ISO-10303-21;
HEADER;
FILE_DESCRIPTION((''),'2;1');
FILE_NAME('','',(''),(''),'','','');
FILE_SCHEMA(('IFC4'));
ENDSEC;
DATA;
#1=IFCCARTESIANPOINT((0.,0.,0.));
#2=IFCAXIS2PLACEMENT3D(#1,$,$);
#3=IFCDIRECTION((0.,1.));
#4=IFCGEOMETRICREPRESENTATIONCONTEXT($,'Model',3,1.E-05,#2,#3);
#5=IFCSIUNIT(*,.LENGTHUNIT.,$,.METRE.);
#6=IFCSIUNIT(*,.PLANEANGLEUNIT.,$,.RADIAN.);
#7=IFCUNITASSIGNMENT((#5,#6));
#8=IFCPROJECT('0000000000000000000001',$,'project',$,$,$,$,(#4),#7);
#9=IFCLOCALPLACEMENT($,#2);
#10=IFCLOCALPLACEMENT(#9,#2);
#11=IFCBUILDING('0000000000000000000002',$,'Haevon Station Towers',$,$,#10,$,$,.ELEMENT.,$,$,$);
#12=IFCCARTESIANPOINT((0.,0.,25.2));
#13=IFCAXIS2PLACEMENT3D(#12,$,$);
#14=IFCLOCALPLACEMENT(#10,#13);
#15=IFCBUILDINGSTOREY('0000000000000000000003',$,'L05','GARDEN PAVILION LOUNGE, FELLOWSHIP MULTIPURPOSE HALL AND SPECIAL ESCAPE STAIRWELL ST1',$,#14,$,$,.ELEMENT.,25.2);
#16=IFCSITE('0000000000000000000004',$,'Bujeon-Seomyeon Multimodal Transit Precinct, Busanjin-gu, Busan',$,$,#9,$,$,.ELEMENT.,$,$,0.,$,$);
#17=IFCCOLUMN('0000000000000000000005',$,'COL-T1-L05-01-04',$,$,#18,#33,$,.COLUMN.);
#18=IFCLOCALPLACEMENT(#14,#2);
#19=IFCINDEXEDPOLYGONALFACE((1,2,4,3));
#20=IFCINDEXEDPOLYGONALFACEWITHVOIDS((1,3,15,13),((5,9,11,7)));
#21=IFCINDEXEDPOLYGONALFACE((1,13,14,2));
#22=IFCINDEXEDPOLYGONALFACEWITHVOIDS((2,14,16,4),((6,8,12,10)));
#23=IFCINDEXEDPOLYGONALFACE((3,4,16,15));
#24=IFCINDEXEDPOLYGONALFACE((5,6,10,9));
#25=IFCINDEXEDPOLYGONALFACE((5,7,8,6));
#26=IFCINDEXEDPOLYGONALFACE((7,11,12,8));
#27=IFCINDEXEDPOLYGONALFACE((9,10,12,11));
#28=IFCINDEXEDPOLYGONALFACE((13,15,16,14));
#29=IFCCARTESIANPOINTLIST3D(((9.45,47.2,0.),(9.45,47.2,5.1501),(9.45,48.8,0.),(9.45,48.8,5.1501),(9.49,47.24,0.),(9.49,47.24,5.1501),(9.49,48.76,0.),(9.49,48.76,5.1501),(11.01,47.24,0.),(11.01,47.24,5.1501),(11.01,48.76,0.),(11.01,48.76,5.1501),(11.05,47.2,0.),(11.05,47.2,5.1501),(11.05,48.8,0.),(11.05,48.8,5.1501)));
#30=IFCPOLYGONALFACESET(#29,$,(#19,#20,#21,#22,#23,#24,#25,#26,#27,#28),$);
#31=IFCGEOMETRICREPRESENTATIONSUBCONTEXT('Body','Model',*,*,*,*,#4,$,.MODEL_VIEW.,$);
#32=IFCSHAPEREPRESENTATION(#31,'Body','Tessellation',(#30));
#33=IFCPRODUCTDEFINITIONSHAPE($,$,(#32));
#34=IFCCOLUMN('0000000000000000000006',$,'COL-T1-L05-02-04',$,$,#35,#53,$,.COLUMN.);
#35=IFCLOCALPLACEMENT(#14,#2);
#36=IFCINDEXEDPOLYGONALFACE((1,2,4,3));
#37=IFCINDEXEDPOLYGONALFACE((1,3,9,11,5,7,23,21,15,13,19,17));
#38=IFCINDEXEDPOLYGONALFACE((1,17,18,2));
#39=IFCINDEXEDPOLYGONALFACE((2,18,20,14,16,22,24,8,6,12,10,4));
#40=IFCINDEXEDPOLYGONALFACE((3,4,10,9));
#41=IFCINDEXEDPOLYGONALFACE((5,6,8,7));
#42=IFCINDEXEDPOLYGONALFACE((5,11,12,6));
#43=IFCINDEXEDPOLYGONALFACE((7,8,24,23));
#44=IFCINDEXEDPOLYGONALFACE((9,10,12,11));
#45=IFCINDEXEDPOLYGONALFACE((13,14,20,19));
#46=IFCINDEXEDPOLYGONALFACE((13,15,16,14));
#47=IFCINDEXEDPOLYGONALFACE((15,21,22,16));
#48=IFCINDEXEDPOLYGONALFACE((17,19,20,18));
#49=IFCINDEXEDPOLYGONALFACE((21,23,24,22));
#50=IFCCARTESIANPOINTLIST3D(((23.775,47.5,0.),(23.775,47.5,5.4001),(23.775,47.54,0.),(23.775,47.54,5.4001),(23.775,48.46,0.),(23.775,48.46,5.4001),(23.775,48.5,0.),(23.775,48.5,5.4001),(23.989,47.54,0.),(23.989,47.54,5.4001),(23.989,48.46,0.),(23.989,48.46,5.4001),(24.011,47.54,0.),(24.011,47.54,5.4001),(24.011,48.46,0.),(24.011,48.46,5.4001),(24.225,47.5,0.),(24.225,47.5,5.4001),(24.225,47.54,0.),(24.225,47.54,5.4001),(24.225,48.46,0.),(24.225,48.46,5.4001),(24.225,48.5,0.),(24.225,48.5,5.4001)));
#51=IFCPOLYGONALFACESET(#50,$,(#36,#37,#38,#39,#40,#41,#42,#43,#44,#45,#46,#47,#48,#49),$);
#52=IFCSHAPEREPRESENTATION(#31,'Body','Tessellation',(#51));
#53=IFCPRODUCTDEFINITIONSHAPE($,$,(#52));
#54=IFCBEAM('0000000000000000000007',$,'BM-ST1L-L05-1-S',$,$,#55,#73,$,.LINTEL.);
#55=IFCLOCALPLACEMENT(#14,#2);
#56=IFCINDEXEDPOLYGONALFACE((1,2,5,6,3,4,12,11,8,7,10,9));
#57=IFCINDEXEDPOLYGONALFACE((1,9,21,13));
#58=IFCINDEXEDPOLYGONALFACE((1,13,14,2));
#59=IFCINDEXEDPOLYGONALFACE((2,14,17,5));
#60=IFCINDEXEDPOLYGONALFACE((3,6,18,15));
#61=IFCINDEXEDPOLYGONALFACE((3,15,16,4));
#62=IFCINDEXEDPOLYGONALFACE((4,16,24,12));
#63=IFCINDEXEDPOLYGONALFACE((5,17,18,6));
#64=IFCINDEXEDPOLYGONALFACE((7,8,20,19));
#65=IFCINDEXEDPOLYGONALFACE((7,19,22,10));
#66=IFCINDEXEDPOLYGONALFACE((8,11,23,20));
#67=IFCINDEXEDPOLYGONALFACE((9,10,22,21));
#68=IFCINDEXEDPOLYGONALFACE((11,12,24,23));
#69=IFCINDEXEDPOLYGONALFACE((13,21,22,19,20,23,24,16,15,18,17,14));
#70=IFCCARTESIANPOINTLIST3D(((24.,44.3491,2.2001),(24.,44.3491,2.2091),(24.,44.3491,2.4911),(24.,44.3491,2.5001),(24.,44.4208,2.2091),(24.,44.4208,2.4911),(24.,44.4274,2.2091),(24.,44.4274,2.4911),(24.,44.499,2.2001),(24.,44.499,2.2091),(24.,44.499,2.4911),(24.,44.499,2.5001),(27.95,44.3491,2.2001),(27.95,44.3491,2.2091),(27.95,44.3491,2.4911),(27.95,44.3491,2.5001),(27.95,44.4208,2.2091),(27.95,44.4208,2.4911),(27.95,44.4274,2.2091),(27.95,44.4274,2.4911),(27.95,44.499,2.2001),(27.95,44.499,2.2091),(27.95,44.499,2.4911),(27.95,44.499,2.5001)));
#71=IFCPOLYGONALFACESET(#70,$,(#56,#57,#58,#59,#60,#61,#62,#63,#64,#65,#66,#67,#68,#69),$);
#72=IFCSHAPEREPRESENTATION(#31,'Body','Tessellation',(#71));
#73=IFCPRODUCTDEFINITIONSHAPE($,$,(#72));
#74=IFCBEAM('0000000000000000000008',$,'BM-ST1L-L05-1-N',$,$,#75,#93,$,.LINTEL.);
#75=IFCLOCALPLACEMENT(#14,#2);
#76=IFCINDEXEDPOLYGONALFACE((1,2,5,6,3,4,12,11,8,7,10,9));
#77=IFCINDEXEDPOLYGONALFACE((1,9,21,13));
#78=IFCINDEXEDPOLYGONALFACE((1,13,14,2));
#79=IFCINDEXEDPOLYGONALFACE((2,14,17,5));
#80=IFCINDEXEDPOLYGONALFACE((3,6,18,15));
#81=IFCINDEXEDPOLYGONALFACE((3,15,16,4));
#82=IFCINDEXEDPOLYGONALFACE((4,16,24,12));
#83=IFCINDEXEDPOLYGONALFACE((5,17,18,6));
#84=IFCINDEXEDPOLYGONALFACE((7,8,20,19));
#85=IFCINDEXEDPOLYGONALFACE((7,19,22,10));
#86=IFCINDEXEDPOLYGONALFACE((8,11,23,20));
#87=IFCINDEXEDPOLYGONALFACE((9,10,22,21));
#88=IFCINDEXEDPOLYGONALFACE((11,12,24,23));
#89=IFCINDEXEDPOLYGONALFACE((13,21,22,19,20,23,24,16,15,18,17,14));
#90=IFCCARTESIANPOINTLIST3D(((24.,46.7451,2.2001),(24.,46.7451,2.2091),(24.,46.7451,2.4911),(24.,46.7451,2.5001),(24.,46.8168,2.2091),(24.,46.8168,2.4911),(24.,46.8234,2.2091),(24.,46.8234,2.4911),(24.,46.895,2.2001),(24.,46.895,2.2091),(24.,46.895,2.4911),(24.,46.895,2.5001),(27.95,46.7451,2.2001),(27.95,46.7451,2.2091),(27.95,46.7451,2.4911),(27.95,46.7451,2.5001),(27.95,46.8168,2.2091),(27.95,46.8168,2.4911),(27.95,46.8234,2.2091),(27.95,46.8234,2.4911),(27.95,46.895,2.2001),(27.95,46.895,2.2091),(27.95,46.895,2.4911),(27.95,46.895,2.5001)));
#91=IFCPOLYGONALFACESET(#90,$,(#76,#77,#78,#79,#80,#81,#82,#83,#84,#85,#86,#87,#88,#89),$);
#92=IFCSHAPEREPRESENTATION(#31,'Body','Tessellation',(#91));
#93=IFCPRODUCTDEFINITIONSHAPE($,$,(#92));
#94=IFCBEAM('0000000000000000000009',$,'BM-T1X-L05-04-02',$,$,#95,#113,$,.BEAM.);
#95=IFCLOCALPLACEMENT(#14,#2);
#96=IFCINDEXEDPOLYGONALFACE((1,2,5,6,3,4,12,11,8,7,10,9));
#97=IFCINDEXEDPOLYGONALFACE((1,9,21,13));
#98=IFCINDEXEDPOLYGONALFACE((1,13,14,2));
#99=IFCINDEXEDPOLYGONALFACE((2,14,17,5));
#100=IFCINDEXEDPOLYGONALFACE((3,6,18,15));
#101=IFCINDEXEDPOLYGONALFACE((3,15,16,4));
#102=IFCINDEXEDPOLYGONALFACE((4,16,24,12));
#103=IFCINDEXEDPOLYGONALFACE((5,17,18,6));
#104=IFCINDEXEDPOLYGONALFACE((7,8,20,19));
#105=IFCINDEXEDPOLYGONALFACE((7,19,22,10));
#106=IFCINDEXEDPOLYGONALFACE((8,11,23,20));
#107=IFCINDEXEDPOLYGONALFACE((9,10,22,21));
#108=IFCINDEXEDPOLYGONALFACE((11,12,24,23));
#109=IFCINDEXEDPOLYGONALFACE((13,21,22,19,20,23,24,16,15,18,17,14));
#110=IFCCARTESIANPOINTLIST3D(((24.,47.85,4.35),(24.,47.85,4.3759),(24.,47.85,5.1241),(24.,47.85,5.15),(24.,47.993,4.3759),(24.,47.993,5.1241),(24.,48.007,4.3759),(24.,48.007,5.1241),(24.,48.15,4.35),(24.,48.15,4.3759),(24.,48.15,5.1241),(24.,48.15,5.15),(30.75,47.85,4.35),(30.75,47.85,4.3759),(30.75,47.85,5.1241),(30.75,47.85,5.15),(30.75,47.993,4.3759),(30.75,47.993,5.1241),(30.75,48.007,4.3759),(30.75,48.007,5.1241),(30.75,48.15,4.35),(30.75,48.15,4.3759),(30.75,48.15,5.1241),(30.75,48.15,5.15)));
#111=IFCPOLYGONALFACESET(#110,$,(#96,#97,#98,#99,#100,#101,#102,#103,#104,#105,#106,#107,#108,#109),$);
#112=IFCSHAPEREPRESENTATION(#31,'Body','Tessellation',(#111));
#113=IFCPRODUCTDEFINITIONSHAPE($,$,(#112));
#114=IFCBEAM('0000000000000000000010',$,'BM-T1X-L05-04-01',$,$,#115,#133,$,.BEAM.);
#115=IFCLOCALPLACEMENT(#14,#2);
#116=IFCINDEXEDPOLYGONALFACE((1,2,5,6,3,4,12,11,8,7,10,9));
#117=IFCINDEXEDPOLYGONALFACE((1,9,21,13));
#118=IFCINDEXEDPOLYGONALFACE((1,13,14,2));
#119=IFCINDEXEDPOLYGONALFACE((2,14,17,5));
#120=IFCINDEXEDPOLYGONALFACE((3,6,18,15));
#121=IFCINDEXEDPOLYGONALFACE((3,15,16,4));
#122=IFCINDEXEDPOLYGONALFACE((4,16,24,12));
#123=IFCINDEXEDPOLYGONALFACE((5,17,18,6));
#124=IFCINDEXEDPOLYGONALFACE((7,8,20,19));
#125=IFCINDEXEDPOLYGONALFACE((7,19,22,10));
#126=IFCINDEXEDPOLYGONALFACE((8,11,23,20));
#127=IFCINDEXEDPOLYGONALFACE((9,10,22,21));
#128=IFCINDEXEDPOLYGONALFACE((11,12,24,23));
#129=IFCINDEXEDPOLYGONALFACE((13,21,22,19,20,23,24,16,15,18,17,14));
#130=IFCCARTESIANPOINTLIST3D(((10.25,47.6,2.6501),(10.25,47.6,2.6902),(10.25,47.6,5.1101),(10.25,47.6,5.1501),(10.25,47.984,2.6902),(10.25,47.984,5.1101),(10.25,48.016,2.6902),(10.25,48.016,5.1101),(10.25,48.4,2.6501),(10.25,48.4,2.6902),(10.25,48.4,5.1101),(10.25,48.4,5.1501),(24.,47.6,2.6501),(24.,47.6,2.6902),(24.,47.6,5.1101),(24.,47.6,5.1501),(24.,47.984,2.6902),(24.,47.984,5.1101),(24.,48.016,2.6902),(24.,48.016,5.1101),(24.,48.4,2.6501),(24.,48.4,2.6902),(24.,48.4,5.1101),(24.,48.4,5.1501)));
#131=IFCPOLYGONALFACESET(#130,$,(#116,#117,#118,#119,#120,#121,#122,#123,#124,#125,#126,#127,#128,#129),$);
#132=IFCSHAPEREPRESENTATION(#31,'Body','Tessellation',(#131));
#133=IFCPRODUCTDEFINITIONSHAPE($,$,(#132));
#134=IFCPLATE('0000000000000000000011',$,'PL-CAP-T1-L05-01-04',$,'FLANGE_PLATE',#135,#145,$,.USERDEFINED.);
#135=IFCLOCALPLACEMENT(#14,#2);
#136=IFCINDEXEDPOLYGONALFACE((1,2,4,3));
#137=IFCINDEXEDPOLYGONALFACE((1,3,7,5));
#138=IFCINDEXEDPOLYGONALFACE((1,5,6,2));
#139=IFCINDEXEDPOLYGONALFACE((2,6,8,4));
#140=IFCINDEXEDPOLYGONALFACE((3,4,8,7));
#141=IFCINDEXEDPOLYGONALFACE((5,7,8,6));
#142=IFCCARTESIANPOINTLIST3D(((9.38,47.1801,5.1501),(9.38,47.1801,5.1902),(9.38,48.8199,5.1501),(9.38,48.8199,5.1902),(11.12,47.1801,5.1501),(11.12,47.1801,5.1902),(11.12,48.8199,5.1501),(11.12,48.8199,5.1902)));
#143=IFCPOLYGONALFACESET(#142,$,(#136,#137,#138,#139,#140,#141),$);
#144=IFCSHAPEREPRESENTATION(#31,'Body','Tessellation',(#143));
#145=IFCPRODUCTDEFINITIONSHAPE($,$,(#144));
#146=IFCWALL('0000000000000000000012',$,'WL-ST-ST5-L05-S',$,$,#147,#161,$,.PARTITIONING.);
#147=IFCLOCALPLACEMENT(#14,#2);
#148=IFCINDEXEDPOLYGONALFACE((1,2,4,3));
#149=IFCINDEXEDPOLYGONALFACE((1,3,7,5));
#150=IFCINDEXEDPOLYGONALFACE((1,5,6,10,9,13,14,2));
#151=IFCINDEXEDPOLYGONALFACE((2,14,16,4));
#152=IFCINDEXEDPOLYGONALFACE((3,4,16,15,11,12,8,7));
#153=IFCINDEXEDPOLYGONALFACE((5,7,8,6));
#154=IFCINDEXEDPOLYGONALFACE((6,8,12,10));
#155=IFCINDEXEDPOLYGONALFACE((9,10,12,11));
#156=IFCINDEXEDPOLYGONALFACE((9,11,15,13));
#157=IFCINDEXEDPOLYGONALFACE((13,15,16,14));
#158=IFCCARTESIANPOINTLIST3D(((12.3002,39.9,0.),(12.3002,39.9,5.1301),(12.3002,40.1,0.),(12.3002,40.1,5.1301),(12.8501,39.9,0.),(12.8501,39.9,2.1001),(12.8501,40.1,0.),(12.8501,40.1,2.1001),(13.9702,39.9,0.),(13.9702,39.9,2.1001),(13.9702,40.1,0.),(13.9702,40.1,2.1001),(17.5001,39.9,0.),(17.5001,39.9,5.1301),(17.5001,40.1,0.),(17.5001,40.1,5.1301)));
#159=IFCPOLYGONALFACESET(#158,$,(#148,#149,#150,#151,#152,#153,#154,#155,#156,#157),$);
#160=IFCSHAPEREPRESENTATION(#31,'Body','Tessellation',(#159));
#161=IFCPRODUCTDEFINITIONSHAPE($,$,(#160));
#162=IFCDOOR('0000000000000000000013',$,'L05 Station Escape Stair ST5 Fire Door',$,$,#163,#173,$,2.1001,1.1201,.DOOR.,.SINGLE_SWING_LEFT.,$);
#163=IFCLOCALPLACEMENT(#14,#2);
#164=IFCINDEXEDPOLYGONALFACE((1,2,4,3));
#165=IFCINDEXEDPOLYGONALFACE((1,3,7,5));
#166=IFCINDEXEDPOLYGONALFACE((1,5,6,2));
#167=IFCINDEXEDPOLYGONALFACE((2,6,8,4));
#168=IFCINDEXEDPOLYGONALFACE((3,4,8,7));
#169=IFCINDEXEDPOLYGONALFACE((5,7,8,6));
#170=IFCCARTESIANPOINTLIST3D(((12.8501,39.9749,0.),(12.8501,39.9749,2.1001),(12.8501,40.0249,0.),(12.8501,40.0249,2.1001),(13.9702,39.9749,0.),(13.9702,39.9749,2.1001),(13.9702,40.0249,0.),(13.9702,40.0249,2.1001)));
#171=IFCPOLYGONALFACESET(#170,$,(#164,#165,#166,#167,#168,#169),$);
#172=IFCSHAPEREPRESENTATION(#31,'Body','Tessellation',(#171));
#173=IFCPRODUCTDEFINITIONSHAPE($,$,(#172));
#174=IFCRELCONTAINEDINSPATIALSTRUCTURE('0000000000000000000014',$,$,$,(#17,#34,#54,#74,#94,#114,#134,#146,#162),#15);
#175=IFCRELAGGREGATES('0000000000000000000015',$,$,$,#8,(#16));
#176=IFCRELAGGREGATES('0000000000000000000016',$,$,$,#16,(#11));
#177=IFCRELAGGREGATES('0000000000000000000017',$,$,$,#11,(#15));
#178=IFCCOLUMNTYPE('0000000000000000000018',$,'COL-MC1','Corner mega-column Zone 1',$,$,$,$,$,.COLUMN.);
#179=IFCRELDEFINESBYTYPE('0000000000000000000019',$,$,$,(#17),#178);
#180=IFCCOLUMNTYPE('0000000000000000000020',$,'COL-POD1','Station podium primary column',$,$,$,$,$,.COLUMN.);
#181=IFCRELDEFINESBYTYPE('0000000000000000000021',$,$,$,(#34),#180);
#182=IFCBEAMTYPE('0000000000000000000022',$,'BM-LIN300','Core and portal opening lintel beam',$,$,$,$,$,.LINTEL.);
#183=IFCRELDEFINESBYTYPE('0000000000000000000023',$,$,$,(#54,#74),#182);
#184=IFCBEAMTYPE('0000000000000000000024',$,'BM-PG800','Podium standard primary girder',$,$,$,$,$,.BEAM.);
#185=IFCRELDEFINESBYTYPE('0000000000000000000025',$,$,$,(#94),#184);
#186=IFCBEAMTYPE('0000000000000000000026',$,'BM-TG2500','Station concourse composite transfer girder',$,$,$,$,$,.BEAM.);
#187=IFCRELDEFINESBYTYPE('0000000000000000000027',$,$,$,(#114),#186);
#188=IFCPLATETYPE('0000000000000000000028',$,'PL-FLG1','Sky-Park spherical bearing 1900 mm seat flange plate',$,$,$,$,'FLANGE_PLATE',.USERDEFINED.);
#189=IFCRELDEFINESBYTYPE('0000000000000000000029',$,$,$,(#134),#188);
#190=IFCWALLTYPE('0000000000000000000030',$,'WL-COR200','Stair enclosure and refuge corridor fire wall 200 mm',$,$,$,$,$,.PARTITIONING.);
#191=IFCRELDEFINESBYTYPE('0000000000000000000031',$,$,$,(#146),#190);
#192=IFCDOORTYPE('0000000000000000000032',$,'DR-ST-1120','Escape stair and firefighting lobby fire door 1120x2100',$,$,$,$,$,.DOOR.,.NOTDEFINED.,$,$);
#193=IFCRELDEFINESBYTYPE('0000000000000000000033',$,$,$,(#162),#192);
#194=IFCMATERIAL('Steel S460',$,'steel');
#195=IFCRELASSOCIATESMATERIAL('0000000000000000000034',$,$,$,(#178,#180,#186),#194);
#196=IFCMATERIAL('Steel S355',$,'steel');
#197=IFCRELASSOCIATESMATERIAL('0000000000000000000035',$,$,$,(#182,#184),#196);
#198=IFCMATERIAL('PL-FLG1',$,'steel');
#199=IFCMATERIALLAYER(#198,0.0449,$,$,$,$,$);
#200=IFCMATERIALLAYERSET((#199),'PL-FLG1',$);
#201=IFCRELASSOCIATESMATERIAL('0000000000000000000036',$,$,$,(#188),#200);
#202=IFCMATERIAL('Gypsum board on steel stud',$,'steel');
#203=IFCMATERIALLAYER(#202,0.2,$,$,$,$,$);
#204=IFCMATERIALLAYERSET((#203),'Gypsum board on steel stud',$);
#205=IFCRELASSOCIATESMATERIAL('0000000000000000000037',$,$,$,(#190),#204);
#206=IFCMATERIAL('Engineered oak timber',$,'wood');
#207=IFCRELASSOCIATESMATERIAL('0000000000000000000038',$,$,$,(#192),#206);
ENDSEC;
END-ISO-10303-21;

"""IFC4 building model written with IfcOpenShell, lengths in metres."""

from ifc_helpers import new_model, si_unit, direction, frame, frame_2d, origin, origin_2d, place, context, subcontext, project, spatial, rectangle, hollow_rectangle, i_section, extrude, material, layer, layer_set, material_profile, profile_set, type_object, element, fill, save


model = new_model("IFC4")

# Units and contexts
model_context = context("Model", 3, precision=1e-05, world=origin(), true_north=direction((0.0, 1.0)))
body_context = subcontext(model_context, "Body", "Model", "MODEL_VIEW")
ifc_project = project(units=[si_unit("LENGTHUNIT", "METRE"), si_unit("PLANEANGLEUNIT", "RADIAN")], contexts=[model_context])

# Site, building, storey
site_placement = place(None, origin())
site = spatial("IfcSite", under=ifc_project, at=site_placement, Name="Bujeon-Seomyeon Multimodal Transit Precinct, Busanjin-gu, Busan", CompositionType="ELEMENT", RefElevation=0.0)
building_placement = place(site_placement, origin())
building = spatial("IfcBuilding", under=site, at=building_placement, Name="Haevon Station Towers", CompositionType="ELEMENT")
storey_placement = place(building_placement, frame((0.0, 0.0, 25.2)))
storey = spatial("IfcBuildingStorey", under=building, at=storey_placement, Name="L05", Description="GARDEN PAVILION LOUNGE, FELLOWSHIP MULTIPURPOSE HALL AND SPECIAL ESCAPE STAIRWELL ST1", CompositionType="ELEMENT", Elevation=25.2)

# Columns
ifc_material_1 = material(Name="Steel S460", Category="steel")
ifc_material_profile_1 = material_profile(ifc_material_1, hollow_rectangle(XDim=1.6001, YDim=1.6001, WallThickness=0.04, at=origin_2d()), Name="BOX-1600x1600x40")
ifc_profile_set_1 = profile_set([ifc_material_profile_1], Name="Steel S460")
column_type_1 = type_object("IfcColumnType", Name="COL-MC1", Description="Corner mega-column Zone 1", PredefinedType="COLUMN", material=ifc_profile_set_1)
column_1_placement = place(storey_placement, frame((10.25, 48.0, 0.0), z_axis=(0.0, 0.0, 1.0), x_axis=(1.0, 0.0, 0.0)))
element("IfcColumn", 1, at=column_1_placement, inside=storey, type_object=column_type_1, Name="COL-T1-L05-01-04", PredefinedType="COLUMN", context=body_context, shape_type="SweptSolid", body=[
    extrude(hollow_rectangle(XDim=1.6001, YDim=1.6001, WallThickness=0.04, at=origin_2d()), origin(), (0.0, 0.0, 1.0), 5.1501),
])
ifc_material_profile_2 = material_profile(ifc_material_1, i_section(OverallWidth=0.45, OverallDepth=1.0, WebThickness=0.022, FlangeThickness=0.04, at=origin_2d()), Name="H-1000x450x22x40")
ifc_profile_set_2 = profile_set([ifc_material_profile_2], Name="Steel S460")
column_type_2 = type_object("IfcColumnType", Name="COL-POD1", Description="Station podium primary column", PredefinedType="COLUMN", material=ifc_profile_set_2)
column_2_placement = place(storey_placement, frame((24.0, 48.0, 0.0), z_axis=(0.0, 0.0, 1.0), x_axis=(1.0, 0.0, 0.0)))
element("IfcColumn", 2, at=column_2_placement, inside=storey, type_object=column_type_2, Name="COL-T1-L05-02-04", PredefinedType="COLUMN", context=body_context, shape_type="SweptSolid", body=[
    extrude(i_section(OverallWidth=0.45, OverallDepth=1.0, WebThickness=0.022, FlangeThickness=0.04, at=origin_2d()), origin(), (0.0, 0.0, 1.0), 5.4001),
])

# Beams
ifc_material_2 = material(Name="Steel S355", Category="steel")
ifc_material_profile_3 = material_profile(ifc_material_2, i_section(OverallWidth=0.1499, OverallDepth=0.3, WebThickness=0.0066, FlangeThickness=0.009, at=origin_2d()), Name="H-300x150x6.5x9")
ifc_profile_set_3 = profile_set([ifc_material_profile_3], Name="Steel S355")
beam_type_1 = type_object("IfcBeamType", Name="BM-LIN300", Description="Core and portal opening lintel beam", PredefinedType="LINTEL", material=ifc_profile_set_3)
for number, where, z_axis, x_axis, name in (
    (3, (24.0, 44.4241, 2.3501), (1.0, 0.0, 0.0), (0.0, 1.0, 0.0), "BM-ST1L-L05-1-S"),
    (4, (24.0, 46.8201, 2.3501), (1.0, 0.0, 0.0), (0.0, 1.0, 0.0), "BM-ST1L-L05-1-N"),
):
    element("IfcBeam", number, at=place(storey_placement, frame(where, z_axis=z_axis, x_axis=x_axis)), inside=storey, type_object=beam_type_1, Name=name, PredefinedType="LINTEL", context=body_context, shape_type="SweptSolid", body=[
        extrude(i_section(OverallWidth=0.1499, OverallDepth=0.3, WebThickness=0.0066, FlangeThickness=0.009, at=origin_2d()), origin(), (0.0, 0.0, 1.0), 3.95),
    ])
ifc_material_profile_4 = material_profile(ifc_material_2, i_section(OverallWidth=0.3, OverallDepth=0.8, WebThickness=0.0139, FlangeThickness=0.0259, at=origin_2d()), Name="H-800x300x14x26")
ifc_profile_set_4 = profile_set([ifc_material_profile_4], Name="Steel S355")
beam_type_2 = type_object("IfcBeamType", Name="BM-PG800", Description="Podium standard primary girder", PredefinedType="BEAM", material=ifc_profile_set_4)
beam_1_placement = place(storey_placement, frame((24.0, 48.0, 4.75), z_axis=(1.0, 0.0, 0.0), x_axis=(0.0, 1.0, 0.0)))
element("IfcBeam", 5, at=beam_1_placement, inside=storey, type_object=beam_type_2, Name="BM-T1X-L05-04-02", PredefinedType="BEAM", context=body_context, shape_type="SweptSolid", body=[
    extrude(i_section(OverallWidth=0.3, OverallDepth=0.8, WebThickness=0.0139, FlangeThickness=0.0259, at=origin_2d()), origin(), (0.0, 0.0, 1.0), 6.75),
])
ifc_material_profile_5 = material_profile(ifc_material_1, i_section(OverallWidth=0.8, OverallDepth=2.5, WebThickness=0.032, FlangeThickness=0.04, at=origin_2d()), Name="H-2500x800x32x40")
ifc_profile_set_5 = profile_set([ifc_material_profile_5], Name="Steel S460")
beam_type_3 = type_object("IfcBeamType", Name="BM-TG2500", Description="Station concourse composite transfer girder", PredefinedType="BEAM", material=ifc_profile_set_5)
beam_2_placement = place(storey_placement, frame((10.25, 48.0, 3.9001), z_axis=(1.0, 0.0, 0.0), x_axis=(0.0, 1.0, 0.0)))
element("IfcBeam", 6, at=beam_2_placement, inside=storey, type_object=beam_type_3, Name="BM-T1X-L05-04-01", PredefinedType="BEAM", context=body_context, shape_type="SweptSolid", body=[
    extrude(i_section(OverallWidth=0.8, OverallDepth=2.5, WebThickness=0.032, FlangeThickness=0.04, at=origin_2d()), origin(), (0.0, 0.0, 1.0), 13.75),
])

# Plate
ifc_material_3 = material(Name="PL-FLG1", Category="steel")
ifc_layer_1 = layer(ifc_material_3, 0.0449)
ifc_layer_set_1 = layer_set([ifc_layer_1], Name="PL-FLG1")
plate_type = type_object("IfcPlateType", Name="PL-FLG1", Description="Sky-Park spherical bearing 1900 mm seat flange plate", ElementType="FLANGE_PLATE", PredefinedType="USERDEFINED", material=ifc_layer_set_1)
plate_placement = place(storey_placement, frame((10.25, 48.0, 5.1501), z_axis=(0.0, 0.0, 1.0), x_axis=(1.0, 0.0, 0.0)))
element("IfcPlate", 7, at=plate_placement, inside=storey, type_object=plate_type, Name="PL-CAP-T1-L05-01-04", ObjectType="FLANGE_PLATE", PredefinedType="USERDEFINED", context=body_context, shape_type="SweptSolid", body=[
    extrude(rectangle(XDim=1.74, YDim=1.6399, at=origin_2d()), origin(), (0.0, 0.0, 1.0), 0.04),
])

# Wall, opening, door
ifc_material_4 = material(Name="Gypsum board on steel stud", Category="steel")
ifc_layer_2 = layer(ifc_material_4, 0.2)
ifc_layer_set_2 = layer_set([ifc_layer_2], Name="Gypsum board on steel stud")
wall_type_1 = type_object("IfcWallType", Name="WL-COR200", Description="Stair enclosure and refuge corridor fire wall 200 mm", PredefinedType="PARTITIONING", material=ifc_layer_set_2)
wall_1_placement = place(storey_placement, frame((12.3, 40.0, 0.0), z_axis=(0.0, 0.0, 1.0), x_axis=(1.0, 0.0, 0.0)))
wall_1 = element("IfcWall", 8, at=wall_1_placement, inside=storey, type_object=wall_type_1, Name="WL-ST-ST5-L05-S", PredefinedType="PARTITIONING", context=body_context, shape_type="SweptSolid", body=[
    extrude(rectangle(XDim=5.2, YDim=0.2, at=frame_2d((2.6001, 0.0))), origin(), (0.0, 0.0, 1.0), 5.1301),
])
opening_1_placement = place(wall_1_placement, frame((0.55, 0.0, 0.0)))
opening_1 = element("IfcOpeningElement", 9, at=opening_1_placement, cuts=wall_1, PredefinedType="OPENING", context=body_context, shape_type="SweptSolid", body=[
    extrude(rectangle(XDim=1.1201, YDim=2.1001, at=frame_2d((0.5601, 1.05))), frame((0.0, 0.1099, 0.0), z_axis=(0.0, -1.0, 0.0), x_axis=(1.0, 0.0, 0.0)), (0.0, 0.0, 1.0), 0.22),
])
ifc_material_5 = material(Name="Engineered oak timber", Category="wood")
door_type_1 = type_object("IfcDoorType", Name="DR-ST-1120", Description="Escape stair and firefighting lobby fire door 1120x2100", OperationType="NOTDEFINED", PredefinedType="DOOR", material=ifc_material_5)
door_1_placement = place(opening_1_placement, origin())
door_1 = element("IfcDoor", 10, at=door_1_placement, inside=storey, type_object=door_type_1, Name="L05 Station Escape Stair ST5 Fire Door", OperationType="SINGLE_SWING_LEFT", OverallHeight=2.1001, OverallWidth=1.1201, PredefinedType="DOOR", context=body_context, shape_type="SweptSolid", body=[
    extrude(rectangle(XDim=1.1201, YDim=2.1001, at=frame_2d((0.5601, 1.05))), frame((0.0, 0.0249, 0.0), z_axis=(0.0, -1.0, 0.0), x_axis=(1.0, 0.0, 0.0)), (0.0, 0.0, 1.0), 0.05),
])
fill(opening_1, door_1)

save(model, "model.ifc")
